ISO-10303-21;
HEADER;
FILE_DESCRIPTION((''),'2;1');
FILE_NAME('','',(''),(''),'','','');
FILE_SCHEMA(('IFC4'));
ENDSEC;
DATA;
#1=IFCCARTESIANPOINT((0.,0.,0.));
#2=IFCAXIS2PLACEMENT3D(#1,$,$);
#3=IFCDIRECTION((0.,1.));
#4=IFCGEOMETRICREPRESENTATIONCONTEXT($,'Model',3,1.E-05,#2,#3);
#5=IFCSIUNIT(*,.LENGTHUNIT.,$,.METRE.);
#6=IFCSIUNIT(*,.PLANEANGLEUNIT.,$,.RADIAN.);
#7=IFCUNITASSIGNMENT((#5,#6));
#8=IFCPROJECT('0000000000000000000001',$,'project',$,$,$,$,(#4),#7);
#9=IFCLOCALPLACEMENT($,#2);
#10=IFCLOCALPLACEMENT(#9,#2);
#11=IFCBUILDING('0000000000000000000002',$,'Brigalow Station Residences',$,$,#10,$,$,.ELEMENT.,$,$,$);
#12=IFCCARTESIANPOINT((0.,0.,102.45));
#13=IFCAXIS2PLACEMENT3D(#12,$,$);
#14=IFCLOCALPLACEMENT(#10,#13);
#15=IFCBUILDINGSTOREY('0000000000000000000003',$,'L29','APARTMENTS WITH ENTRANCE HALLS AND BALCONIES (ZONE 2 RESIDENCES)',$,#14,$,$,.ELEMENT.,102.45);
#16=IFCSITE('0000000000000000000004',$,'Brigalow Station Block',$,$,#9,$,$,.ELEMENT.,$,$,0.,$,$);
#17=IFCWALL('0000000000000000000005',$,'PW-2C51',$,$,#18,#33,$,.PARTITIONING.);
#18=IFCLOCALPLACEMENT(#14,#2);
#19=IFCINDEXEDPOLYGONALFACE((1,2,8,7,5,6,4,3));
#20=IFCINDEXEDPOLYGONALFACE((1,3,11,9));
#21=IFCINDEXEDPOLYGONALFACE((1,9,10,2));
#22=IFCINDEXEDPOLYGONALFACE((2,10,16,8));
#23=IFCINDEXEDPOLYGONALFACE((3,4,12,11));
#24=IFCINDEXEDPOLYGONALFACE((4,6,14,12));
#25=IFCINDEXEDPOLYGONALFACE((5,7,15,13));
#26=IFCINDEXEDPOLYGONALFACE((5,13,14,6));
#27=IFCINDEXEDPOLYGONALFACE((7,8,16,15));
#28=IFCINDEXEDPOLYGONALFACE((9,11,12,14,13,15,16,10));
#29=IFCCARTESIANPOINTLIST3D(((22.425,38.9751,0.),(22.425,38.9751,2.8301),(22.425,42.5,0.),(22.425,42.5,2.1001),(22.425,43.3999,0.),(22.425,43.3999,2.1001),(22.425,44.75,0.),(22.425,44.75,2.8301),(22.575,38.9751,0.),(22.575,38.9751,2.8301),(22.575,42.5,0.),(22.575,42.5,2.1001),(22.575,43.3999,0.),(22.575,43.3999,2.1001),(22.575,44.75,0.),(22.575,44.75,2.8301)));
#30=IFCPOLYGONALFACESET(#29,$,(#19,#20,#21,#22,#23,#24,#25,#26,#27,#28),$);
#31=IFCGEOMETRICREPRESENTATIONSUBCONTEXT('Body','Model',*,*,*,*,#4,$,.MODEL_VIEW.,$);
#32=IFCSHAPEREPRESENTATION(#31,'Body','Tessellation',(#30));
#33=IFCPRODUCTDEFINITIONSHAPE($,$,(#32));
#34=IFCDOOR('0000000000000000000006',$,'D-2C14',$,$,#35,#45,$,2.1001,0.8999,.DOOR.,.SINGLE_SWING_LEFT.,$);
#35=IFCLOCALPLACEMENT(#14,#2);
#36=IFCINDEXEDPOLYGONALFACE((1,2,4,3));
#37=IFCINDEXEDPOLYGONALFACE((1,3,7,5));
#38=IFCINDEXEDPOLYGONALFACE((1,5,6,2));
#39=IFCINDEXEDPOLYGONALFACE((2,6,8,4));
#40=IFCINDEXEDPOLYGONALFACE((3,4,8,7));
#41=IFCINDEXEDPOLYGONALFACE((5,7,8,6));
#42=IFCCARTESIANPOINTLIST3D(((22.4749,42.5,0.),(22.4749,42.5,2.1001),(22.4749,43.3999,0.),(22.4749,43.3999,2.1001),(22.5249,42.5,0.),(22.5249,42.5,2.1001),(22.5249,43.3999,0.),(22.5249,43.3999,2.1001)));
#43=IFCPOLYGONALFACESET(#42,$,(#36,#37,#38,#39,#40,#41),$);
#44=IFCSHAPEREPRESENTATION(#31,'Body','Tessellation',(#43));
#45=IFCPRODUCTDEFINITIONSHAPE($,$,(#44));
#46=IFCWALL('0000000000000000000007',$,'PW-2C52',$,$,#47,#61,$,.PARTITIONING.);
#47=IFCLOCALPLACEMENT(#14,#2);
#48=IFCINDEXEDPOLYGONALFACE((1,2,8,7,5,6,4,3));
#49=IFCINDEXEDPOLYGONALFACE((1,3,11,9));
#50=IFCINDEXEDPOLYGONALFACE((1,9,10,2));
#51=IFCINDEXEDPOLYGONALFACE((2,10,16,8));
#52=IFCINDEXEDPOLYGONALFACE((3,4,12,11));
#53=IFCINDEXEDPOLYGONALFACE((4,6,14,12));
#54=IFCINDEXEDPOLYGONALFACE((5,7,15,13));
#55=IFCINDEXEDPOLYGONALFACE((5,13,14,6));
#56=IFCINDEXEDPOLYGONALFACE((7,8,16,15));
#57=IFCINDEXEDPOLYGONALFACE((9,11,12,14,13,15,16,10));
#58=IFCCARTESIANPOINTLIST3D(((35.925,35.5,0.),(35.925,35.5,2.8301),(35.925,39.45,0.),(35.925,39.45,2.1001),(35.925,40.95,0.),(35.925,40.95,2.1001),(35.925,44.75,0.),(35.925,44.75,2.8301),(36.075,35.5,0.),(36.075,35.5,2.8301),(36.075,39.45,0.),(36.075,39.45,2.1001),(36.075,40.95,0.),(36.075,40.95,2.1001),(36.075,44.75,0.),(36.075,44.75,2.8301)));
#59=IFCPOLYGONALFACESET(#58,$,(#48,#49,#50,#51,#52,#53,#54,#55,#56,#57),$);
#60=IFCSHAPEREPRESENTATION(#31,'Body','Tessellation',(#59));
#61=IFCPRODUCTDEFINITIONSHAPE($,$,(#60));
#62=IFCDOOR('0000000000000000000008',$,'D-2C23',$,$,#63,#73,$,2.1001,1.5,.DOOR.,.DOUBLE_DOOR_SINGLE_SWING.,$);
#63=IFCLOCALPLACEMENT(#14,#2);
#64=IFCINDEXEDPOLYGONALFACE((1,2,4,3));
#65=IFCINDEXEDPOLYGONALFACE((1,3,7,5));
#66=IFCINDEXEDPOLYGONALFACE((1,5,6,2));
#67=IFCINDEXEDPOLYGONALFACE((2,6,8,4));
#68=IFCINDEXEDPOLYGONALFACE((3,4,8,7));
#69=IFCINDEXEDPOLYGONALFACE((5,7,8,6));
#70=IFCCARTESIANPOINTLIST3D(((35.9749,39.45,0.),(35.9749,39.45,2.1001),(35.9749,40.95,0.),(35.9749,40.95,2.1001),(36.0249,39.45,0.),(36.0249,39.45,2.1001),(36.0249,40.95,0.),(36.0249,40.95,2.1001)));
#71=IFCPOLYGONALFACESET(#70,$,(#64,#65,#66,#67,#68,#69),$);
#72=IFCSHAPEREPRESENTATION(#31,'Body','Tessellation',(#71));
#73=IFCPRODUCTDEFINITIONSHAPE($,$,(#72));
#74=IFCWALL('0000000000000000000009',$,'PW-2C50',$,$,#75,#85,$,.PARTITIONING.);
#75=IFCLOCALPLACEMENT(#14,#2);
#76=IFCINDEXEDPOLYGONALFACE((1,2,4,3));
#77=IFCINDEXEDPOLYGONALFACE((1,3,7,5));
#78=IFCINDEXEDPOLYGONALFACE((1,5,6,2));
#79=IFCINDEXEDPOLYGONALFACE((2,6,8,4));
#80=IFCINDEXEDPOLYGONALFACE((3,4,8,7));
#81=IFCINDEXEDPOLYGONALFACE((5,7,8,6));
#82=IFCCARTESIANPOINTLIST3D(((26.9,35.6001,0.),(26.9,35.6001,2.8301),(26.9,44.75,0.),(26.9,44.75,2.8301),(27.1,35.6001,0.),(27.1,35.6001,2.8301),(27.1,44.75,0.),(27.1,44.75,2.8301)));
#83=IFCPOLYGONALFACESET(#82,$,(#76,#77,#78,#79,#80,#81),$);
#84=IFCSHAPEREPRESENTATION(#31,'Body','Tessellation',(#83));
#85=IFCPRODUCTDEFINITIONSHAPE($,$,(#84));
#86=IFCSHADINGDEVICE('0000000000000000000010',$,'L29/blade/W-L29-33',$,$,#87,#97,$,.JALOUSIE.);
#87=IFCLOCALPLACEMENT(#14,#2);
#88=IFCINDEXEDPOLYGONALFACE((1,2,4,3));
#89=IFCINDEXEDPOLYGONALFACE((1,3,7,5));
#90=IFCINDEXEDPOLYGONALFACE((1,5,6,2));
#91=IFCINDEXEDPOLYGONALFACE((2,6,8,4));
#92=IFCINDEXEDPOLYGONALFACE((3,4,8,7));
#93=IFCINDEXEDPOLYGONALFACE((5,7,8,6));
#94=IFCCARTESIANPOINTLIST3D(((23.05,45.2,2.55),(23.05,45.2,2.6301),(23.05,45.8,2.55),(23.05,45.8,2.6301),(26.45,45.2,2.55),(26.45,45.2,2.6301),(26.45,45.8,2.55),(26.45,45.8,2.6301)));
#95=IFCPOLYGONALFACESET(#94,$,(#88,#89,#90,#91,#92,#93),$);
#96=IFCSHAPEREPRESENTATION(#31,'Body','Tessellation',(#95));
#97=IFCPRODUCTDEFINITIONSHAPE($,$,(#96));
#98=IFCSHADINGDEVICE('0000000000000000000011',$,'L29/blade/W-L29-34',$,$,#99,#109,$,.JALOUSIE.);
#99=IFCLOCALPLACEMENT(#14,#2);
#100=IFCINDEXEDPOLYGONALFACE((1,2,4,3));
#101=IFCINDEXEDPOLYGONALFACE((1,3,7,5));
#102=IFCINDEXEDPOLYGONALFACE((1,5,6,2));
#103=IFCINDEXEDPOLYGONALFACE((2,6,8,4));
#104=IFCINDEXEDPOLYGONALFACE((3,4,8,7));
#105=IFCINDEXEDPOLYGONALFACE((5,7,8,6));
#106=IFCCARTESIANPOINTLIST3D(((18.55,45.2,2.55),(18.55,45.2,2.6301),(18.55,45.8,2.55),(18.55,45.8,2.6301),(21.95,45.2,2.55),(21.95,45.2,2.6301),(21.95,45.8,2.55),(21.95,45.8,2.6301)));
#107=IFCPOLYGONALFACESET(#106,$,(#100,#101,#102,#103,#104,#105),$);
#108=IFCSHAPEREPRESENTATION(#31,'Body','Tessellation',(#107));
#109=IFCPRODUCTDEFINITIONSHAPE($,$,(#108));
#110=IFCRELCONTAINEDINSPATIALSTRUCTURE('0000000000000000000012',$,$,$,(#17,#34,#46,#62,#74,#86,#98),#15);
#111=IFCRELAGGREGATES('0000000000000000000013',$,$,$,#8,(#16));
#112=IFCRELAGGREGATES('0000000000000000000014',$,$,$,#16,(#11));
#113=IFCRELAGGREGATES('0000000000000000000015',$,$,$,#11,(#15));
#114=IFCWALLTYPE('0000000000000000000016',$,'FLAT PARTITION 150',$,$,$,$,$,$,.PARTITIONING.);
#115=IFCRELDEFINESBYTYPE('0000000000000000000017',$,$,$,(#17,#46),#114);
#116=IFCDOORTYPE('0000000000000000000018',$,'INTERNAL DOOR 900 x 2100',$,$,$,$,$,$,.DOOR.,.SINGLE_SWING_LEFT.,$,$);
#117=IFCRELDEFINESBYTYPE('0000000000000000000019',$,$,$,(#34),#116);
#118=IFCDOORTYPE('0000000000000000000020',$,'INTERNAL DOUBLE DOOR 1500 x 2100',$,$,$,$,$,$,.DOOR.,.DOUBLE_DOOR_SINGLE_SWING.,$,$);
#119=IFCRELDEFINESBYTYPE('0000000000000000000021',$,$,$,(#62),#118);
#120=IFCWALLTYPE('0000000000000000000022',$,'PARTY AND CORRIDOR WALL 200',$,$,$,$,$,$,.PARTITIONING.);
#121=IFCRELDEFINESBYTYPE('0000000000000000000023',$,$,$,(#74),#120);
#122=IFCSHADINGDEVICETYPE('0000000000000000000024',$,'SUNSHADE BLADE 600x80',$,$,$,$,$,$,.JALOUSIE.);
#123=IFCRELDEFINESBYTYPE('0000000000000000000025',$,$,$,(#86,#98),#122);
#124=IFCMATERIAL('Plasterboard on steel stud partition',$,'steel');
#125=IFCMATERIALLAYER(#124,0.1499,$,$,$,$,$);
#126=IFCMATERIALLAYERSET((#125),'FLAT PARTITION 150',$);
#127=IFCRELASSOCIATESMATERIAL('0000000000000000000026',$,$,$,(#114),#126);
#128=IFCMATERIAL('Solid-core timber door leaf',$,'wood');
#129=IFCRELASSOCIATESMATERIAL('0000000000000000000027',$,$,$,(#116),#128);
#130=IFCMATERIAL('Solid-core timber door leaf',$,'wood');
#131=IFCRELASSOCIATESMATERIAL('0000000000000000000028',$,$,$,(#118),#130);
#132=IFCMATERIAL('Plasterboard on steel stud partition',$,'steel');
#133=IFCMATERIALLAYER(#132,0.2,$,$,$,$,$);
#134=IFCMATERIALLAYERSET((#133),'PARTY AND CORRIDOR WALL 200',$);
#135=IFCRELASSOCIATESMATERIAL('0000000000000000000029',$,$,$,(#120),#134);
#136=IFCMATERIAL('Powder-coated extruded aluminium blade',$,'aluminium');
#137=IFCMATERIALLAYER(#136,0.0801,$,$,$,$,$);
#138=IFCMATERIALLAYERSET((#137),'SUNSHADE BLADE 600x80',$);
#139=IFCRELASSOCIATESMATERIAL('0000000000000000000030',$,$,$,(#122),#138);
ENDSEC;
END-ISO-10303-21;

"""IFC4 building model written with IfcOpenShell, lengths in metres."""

from ifc_helpers import new_model, si_unit, direction, frame, frame_2d, origin, origin_2d, place, context, subcontext, project, spatial, rectangle, extrude, material, layer, layer_set, type_object, element, fill, save


model = new_model("IFC4")

# Units and contexts
model_context = context("Model", 3, precision=1e-05, world=origin(), true_north=direction((0.0, 1.0)))
body_context = subcontext(model_context, "Body", "Model", "MODEL_VIEW")
ifc_project = project(units=[si_unit("LENGTHUNIT", "METRE"), si_unit("PLANEANGLEUNIT", "RADIAN")], contexts=[model_context])

# Site, building, storey
site_placement = place(None, origin())
site = spatial("IfcSite", under=ifc_project, at=site_placement, Name="Brigalow Station Block", CompositionType="ELEMENT", RefElevation=0.0)
building_placement = place(site_placement, origin())
building = spatial("IfcBuilding", under=site, at=building_placement, Name="Brigalow Station Residences", CompositionType="ELEMENT")
storey_placement = place(building_placement, frame((0.0, 0.0, 102.45)))
storey = spatial("IfcBuildingStorey", under=building, at=storey_placement, Name="L29", Description="APARTMENTS WITH ENTRANCE HALLS AND BALCONIES (ZONE 2 RESIDENCES)", CompositionType="ELEMENT", Elevation=102.45)

# Walls, openings, doors
ifc_material_1 = material(Name="Plasterboard on steel stud partition", Category="steel")
ifc_layer_1 = layer(ifc_material_1, 0.1499)
ifc_layer_set_1 = layer_set([ifc_layer_1], Name="FLAT PARTITION 150")
wall_type_1 = type_object("IfcWallType", Name="FLAT PARTITION 150", PredefinedType="PARTITIONING", material=ifc_layer_set_1)
wall_1_placement = place(storey_placement, frame((22.5, 38.9751, 0.0), z_axis=(0.0, 0.0, 1.0), x_axis=(0.0, 1.0, 0.0)))
wall_1 = element("IfcWall", 1, at=wall_1_placement, inside=storey, type_object=wall_type_1, Name="PW-2C51", PredefinedType="PARTITIONING", context=body_context, shape_type="SweptSolid", body=[
    extrude(rectangle(XDim=5.7749, YDim=0.1499, at=frame_2d((2.8875, 0.0))), origin(), (0.0, 0.0, 1.0), 2.8301),
])
opening_1_placement = place(wall_1_placement, frame((3.5249, 0.0, 0.0)))
opening_1 = element("IfcOpeningElement", 2, at=opening_1_placement, cuts=wall_1, PredefinedType="OPENING", context=body_context, shape_type="SweptSolid", body=[
    extrude(rectangle(XDim=0.8999, YDim=2.1001, at=frame_2d((0.45, 1.05))), frame((0.0, 0.085, 0.0), z_axis=(0.0, -1.0, 0.0), x_axis=(1.0, 0.0, 0.0)), (0.0, 0.0, 1.0), 0.1699),
])
ifc_material_2 = material(Name="Solid-core timber door leaf", Category="wood")
door_type_1 = type_object("IfcDoorType", Name="INTERNAL DOOR 900 x 2100", OperationType="SINGLE_SWING_LEFT", PredefinedType="DOOR", material=ifc_material_2)
door_1_placement = place(opening_1_placement, frame((0.8999, 0.0, 0.0), z_axis=(0.0, 0.0, 1.0), x_axis=(-1.0, 0.0, 0.0)))
door_1 = element("IfcDoor", 3, at=door_1_placement, inside=storey, type_object=door_type_1, Name="D-2C14", OperationType="SINGLE_SWING_LEFT", OverallHeight=2.1001, OverallWidth=0.8999, PredefinedType="DOOR", context=body_context, shape_type="SweptSolid", body=[
    extrude(rectangle(XDim=0.8999, YDim=2.1001, at=frame_2d((0.45, 1.05))), frame((0.0, 0.0249, 0.0), z_axis=(0.0, -1.0, 0.0), x_axis=(1.0, 0.0, 0.0)), (0.0, 0.0, 1.0), 0.05),
])
fill(opening_1, door_1)
wall_2_placement = place(storey_placement, frame((36.0, 35.5, 0.0), z_axis=(0.0, 0.0, 1.0), x_axis=(0.0, 1.0, 0.0)))
wall_2 = element("IfcWall", 4, at=wall_2_placement, inside=storey, type_object=wall_type_1, Name="PW-2C52", PredefinedType="PARTITIONING", context=body_context, shape_type="SweptSolid", body=[
    extrude(rectangle(XDim=9.25, YDim=0.1499, at=frame_2d((4.625, 0.0))), origin(), (0.0, 0.0, 1.0), 2.8301),
])
opening_2_placement = place(wall_2_placement, frame((3.95, 0.0, 0.0)))
opening_2 = element("IfcOpeningElement", 5, at=opening_2_placement, cuts=wall_2, PredefinedType="OPENING", context=body_context, shape_type="SweptSolid", body=[
    extrude(rectangle(XDim=1.5, YDim=2.1001, at=frame_2d((0.75, 1.05))), frame((0.0, 0.085, 0.0), z_axis=(0.0, -1.0, 0.0), x_axis=(1.0, 0.0, 0.0)), (0.0, 0.0, 1.0), 0.1699),
])
ifc_material_3 = material(Name="Solid-core timber door leaf", Category="wood")
door_type_2 = type_object("IfcDoorType", Name="INTERNAL DOUBLE DOOR 1500 x 2100", OperationType="DOUBLE_DOOR_SINGLE_SWING", PredefinedType="DOOR", material=ifc_material_3)
door_2_placement = place(opening_2_placement, frame((1.5, 0.0, 0.0), z_axis=(0.0, 0.0, 1.0), x_axis=(-1.0, 0.0, 0.0)))
door_2 = element("IfcDoor", 6, at=door_2_placement, inside=storey, type_object=door_type_2, Name="D-2C23", OperationType="DOUBLE_DOOR_SINGLE_SWING", OverallHeight=2.1001, OverallWidth=1.5, PredefinedType="DOOR", context=body_context, shape_type="SweptSolid", body=[
    extrude(rectangle(XDim=1.5, YDim=2.1001, at=frame_2d((0.75, 1.05))), frame((0.0, 0.0249, 0.0), z_axis=(0.0, -1.0, 0.0), x_axis=(1.0, 0.0, 0.0)), (0.0, 0.0, 1.0), 0.05),
])
fill(opening_2, door_2)

# Wall
ifc_material_4 = material(Name="Plasterboard on steel stud partition", Category="steel")
ifc_layer_2 = layer(ifc_material_4, 0.2)
ifc_layer_set_2 = layer_set([ifc_layer_2], Name="PARTY AND CORRIDOR WALL 200")
wall_type_2 = type_object("IfcWallType", Name="PARTY AND CORRIDOR WALL 200", PredefinedType="PARTITIONING", material=ifc_layer_set_2)
wall_3_placement = place(storey_placement, frame((27.0, 35.6001, 0.0), z_axis=(0.0, 0.0, 1.0), x_axis=(0.0, 1.0, 0.0)))
element("IfcWall", 7, at=wall_3_placement, inside=storey, type_object=wall_type_2, Name="PW-2C50", PredefinedType="PARTITIONING", context=body_context, shape_type="SweptSolid", body=[
    extrude(rectangle(XDim=9.1499, YDim=0.2, at=frame_2d((4.575, 0.0))), origin(), (0.0, 0.0, 1.0), 2.8301),
])

# Shading devices
ifc_material_5 = material(Name="Powder-coated extruded aluminium blade", Category="aluminium")
ifc_layer_3 = layer(ifc_material_5, 0.0801)
ifc_layer_set_3 = layer_set([ifc_layer_3], Name="SUNSHADE BLADE 600x80")
shading_device_type = type_object("IfcShadingDeviceType", Name="SUNSHADE BLADE 600x80", PredefinedType="JALOUSIE", material=ifc_layer_set_3)
for number, where, z_axis, x_axis, name in (
    (8, (24.75, 45.5, 2.55), (0.0, 0.0, 1.0), (-1.0, 0.0, 0.0), "L29/blade/W-L29-33"),
    (9, (20.25, 45.5, 2.55), (0.0, 0.0, 1.0), (-1.0, 0.0, 0.0), "L29/blade/W-L29-34"),
):
    element("IfcShadingDevice", number, at=place(storey_placement, frame(where, z_axis=z_axis, x_axis=x_axis)), inside=storey, type_object=shading_device_type, Name=name, PredefinedType="JALOUSIE", context=body_context, shape_type="SweptSolid", body=[
        extrude(rectangle(XDim=3.3999, YDim=0.6001, at=origin_2d()), origin(), (0.0, 0.0, 1.0), 0.0801),
    ])

save(model, "model.ifc")
